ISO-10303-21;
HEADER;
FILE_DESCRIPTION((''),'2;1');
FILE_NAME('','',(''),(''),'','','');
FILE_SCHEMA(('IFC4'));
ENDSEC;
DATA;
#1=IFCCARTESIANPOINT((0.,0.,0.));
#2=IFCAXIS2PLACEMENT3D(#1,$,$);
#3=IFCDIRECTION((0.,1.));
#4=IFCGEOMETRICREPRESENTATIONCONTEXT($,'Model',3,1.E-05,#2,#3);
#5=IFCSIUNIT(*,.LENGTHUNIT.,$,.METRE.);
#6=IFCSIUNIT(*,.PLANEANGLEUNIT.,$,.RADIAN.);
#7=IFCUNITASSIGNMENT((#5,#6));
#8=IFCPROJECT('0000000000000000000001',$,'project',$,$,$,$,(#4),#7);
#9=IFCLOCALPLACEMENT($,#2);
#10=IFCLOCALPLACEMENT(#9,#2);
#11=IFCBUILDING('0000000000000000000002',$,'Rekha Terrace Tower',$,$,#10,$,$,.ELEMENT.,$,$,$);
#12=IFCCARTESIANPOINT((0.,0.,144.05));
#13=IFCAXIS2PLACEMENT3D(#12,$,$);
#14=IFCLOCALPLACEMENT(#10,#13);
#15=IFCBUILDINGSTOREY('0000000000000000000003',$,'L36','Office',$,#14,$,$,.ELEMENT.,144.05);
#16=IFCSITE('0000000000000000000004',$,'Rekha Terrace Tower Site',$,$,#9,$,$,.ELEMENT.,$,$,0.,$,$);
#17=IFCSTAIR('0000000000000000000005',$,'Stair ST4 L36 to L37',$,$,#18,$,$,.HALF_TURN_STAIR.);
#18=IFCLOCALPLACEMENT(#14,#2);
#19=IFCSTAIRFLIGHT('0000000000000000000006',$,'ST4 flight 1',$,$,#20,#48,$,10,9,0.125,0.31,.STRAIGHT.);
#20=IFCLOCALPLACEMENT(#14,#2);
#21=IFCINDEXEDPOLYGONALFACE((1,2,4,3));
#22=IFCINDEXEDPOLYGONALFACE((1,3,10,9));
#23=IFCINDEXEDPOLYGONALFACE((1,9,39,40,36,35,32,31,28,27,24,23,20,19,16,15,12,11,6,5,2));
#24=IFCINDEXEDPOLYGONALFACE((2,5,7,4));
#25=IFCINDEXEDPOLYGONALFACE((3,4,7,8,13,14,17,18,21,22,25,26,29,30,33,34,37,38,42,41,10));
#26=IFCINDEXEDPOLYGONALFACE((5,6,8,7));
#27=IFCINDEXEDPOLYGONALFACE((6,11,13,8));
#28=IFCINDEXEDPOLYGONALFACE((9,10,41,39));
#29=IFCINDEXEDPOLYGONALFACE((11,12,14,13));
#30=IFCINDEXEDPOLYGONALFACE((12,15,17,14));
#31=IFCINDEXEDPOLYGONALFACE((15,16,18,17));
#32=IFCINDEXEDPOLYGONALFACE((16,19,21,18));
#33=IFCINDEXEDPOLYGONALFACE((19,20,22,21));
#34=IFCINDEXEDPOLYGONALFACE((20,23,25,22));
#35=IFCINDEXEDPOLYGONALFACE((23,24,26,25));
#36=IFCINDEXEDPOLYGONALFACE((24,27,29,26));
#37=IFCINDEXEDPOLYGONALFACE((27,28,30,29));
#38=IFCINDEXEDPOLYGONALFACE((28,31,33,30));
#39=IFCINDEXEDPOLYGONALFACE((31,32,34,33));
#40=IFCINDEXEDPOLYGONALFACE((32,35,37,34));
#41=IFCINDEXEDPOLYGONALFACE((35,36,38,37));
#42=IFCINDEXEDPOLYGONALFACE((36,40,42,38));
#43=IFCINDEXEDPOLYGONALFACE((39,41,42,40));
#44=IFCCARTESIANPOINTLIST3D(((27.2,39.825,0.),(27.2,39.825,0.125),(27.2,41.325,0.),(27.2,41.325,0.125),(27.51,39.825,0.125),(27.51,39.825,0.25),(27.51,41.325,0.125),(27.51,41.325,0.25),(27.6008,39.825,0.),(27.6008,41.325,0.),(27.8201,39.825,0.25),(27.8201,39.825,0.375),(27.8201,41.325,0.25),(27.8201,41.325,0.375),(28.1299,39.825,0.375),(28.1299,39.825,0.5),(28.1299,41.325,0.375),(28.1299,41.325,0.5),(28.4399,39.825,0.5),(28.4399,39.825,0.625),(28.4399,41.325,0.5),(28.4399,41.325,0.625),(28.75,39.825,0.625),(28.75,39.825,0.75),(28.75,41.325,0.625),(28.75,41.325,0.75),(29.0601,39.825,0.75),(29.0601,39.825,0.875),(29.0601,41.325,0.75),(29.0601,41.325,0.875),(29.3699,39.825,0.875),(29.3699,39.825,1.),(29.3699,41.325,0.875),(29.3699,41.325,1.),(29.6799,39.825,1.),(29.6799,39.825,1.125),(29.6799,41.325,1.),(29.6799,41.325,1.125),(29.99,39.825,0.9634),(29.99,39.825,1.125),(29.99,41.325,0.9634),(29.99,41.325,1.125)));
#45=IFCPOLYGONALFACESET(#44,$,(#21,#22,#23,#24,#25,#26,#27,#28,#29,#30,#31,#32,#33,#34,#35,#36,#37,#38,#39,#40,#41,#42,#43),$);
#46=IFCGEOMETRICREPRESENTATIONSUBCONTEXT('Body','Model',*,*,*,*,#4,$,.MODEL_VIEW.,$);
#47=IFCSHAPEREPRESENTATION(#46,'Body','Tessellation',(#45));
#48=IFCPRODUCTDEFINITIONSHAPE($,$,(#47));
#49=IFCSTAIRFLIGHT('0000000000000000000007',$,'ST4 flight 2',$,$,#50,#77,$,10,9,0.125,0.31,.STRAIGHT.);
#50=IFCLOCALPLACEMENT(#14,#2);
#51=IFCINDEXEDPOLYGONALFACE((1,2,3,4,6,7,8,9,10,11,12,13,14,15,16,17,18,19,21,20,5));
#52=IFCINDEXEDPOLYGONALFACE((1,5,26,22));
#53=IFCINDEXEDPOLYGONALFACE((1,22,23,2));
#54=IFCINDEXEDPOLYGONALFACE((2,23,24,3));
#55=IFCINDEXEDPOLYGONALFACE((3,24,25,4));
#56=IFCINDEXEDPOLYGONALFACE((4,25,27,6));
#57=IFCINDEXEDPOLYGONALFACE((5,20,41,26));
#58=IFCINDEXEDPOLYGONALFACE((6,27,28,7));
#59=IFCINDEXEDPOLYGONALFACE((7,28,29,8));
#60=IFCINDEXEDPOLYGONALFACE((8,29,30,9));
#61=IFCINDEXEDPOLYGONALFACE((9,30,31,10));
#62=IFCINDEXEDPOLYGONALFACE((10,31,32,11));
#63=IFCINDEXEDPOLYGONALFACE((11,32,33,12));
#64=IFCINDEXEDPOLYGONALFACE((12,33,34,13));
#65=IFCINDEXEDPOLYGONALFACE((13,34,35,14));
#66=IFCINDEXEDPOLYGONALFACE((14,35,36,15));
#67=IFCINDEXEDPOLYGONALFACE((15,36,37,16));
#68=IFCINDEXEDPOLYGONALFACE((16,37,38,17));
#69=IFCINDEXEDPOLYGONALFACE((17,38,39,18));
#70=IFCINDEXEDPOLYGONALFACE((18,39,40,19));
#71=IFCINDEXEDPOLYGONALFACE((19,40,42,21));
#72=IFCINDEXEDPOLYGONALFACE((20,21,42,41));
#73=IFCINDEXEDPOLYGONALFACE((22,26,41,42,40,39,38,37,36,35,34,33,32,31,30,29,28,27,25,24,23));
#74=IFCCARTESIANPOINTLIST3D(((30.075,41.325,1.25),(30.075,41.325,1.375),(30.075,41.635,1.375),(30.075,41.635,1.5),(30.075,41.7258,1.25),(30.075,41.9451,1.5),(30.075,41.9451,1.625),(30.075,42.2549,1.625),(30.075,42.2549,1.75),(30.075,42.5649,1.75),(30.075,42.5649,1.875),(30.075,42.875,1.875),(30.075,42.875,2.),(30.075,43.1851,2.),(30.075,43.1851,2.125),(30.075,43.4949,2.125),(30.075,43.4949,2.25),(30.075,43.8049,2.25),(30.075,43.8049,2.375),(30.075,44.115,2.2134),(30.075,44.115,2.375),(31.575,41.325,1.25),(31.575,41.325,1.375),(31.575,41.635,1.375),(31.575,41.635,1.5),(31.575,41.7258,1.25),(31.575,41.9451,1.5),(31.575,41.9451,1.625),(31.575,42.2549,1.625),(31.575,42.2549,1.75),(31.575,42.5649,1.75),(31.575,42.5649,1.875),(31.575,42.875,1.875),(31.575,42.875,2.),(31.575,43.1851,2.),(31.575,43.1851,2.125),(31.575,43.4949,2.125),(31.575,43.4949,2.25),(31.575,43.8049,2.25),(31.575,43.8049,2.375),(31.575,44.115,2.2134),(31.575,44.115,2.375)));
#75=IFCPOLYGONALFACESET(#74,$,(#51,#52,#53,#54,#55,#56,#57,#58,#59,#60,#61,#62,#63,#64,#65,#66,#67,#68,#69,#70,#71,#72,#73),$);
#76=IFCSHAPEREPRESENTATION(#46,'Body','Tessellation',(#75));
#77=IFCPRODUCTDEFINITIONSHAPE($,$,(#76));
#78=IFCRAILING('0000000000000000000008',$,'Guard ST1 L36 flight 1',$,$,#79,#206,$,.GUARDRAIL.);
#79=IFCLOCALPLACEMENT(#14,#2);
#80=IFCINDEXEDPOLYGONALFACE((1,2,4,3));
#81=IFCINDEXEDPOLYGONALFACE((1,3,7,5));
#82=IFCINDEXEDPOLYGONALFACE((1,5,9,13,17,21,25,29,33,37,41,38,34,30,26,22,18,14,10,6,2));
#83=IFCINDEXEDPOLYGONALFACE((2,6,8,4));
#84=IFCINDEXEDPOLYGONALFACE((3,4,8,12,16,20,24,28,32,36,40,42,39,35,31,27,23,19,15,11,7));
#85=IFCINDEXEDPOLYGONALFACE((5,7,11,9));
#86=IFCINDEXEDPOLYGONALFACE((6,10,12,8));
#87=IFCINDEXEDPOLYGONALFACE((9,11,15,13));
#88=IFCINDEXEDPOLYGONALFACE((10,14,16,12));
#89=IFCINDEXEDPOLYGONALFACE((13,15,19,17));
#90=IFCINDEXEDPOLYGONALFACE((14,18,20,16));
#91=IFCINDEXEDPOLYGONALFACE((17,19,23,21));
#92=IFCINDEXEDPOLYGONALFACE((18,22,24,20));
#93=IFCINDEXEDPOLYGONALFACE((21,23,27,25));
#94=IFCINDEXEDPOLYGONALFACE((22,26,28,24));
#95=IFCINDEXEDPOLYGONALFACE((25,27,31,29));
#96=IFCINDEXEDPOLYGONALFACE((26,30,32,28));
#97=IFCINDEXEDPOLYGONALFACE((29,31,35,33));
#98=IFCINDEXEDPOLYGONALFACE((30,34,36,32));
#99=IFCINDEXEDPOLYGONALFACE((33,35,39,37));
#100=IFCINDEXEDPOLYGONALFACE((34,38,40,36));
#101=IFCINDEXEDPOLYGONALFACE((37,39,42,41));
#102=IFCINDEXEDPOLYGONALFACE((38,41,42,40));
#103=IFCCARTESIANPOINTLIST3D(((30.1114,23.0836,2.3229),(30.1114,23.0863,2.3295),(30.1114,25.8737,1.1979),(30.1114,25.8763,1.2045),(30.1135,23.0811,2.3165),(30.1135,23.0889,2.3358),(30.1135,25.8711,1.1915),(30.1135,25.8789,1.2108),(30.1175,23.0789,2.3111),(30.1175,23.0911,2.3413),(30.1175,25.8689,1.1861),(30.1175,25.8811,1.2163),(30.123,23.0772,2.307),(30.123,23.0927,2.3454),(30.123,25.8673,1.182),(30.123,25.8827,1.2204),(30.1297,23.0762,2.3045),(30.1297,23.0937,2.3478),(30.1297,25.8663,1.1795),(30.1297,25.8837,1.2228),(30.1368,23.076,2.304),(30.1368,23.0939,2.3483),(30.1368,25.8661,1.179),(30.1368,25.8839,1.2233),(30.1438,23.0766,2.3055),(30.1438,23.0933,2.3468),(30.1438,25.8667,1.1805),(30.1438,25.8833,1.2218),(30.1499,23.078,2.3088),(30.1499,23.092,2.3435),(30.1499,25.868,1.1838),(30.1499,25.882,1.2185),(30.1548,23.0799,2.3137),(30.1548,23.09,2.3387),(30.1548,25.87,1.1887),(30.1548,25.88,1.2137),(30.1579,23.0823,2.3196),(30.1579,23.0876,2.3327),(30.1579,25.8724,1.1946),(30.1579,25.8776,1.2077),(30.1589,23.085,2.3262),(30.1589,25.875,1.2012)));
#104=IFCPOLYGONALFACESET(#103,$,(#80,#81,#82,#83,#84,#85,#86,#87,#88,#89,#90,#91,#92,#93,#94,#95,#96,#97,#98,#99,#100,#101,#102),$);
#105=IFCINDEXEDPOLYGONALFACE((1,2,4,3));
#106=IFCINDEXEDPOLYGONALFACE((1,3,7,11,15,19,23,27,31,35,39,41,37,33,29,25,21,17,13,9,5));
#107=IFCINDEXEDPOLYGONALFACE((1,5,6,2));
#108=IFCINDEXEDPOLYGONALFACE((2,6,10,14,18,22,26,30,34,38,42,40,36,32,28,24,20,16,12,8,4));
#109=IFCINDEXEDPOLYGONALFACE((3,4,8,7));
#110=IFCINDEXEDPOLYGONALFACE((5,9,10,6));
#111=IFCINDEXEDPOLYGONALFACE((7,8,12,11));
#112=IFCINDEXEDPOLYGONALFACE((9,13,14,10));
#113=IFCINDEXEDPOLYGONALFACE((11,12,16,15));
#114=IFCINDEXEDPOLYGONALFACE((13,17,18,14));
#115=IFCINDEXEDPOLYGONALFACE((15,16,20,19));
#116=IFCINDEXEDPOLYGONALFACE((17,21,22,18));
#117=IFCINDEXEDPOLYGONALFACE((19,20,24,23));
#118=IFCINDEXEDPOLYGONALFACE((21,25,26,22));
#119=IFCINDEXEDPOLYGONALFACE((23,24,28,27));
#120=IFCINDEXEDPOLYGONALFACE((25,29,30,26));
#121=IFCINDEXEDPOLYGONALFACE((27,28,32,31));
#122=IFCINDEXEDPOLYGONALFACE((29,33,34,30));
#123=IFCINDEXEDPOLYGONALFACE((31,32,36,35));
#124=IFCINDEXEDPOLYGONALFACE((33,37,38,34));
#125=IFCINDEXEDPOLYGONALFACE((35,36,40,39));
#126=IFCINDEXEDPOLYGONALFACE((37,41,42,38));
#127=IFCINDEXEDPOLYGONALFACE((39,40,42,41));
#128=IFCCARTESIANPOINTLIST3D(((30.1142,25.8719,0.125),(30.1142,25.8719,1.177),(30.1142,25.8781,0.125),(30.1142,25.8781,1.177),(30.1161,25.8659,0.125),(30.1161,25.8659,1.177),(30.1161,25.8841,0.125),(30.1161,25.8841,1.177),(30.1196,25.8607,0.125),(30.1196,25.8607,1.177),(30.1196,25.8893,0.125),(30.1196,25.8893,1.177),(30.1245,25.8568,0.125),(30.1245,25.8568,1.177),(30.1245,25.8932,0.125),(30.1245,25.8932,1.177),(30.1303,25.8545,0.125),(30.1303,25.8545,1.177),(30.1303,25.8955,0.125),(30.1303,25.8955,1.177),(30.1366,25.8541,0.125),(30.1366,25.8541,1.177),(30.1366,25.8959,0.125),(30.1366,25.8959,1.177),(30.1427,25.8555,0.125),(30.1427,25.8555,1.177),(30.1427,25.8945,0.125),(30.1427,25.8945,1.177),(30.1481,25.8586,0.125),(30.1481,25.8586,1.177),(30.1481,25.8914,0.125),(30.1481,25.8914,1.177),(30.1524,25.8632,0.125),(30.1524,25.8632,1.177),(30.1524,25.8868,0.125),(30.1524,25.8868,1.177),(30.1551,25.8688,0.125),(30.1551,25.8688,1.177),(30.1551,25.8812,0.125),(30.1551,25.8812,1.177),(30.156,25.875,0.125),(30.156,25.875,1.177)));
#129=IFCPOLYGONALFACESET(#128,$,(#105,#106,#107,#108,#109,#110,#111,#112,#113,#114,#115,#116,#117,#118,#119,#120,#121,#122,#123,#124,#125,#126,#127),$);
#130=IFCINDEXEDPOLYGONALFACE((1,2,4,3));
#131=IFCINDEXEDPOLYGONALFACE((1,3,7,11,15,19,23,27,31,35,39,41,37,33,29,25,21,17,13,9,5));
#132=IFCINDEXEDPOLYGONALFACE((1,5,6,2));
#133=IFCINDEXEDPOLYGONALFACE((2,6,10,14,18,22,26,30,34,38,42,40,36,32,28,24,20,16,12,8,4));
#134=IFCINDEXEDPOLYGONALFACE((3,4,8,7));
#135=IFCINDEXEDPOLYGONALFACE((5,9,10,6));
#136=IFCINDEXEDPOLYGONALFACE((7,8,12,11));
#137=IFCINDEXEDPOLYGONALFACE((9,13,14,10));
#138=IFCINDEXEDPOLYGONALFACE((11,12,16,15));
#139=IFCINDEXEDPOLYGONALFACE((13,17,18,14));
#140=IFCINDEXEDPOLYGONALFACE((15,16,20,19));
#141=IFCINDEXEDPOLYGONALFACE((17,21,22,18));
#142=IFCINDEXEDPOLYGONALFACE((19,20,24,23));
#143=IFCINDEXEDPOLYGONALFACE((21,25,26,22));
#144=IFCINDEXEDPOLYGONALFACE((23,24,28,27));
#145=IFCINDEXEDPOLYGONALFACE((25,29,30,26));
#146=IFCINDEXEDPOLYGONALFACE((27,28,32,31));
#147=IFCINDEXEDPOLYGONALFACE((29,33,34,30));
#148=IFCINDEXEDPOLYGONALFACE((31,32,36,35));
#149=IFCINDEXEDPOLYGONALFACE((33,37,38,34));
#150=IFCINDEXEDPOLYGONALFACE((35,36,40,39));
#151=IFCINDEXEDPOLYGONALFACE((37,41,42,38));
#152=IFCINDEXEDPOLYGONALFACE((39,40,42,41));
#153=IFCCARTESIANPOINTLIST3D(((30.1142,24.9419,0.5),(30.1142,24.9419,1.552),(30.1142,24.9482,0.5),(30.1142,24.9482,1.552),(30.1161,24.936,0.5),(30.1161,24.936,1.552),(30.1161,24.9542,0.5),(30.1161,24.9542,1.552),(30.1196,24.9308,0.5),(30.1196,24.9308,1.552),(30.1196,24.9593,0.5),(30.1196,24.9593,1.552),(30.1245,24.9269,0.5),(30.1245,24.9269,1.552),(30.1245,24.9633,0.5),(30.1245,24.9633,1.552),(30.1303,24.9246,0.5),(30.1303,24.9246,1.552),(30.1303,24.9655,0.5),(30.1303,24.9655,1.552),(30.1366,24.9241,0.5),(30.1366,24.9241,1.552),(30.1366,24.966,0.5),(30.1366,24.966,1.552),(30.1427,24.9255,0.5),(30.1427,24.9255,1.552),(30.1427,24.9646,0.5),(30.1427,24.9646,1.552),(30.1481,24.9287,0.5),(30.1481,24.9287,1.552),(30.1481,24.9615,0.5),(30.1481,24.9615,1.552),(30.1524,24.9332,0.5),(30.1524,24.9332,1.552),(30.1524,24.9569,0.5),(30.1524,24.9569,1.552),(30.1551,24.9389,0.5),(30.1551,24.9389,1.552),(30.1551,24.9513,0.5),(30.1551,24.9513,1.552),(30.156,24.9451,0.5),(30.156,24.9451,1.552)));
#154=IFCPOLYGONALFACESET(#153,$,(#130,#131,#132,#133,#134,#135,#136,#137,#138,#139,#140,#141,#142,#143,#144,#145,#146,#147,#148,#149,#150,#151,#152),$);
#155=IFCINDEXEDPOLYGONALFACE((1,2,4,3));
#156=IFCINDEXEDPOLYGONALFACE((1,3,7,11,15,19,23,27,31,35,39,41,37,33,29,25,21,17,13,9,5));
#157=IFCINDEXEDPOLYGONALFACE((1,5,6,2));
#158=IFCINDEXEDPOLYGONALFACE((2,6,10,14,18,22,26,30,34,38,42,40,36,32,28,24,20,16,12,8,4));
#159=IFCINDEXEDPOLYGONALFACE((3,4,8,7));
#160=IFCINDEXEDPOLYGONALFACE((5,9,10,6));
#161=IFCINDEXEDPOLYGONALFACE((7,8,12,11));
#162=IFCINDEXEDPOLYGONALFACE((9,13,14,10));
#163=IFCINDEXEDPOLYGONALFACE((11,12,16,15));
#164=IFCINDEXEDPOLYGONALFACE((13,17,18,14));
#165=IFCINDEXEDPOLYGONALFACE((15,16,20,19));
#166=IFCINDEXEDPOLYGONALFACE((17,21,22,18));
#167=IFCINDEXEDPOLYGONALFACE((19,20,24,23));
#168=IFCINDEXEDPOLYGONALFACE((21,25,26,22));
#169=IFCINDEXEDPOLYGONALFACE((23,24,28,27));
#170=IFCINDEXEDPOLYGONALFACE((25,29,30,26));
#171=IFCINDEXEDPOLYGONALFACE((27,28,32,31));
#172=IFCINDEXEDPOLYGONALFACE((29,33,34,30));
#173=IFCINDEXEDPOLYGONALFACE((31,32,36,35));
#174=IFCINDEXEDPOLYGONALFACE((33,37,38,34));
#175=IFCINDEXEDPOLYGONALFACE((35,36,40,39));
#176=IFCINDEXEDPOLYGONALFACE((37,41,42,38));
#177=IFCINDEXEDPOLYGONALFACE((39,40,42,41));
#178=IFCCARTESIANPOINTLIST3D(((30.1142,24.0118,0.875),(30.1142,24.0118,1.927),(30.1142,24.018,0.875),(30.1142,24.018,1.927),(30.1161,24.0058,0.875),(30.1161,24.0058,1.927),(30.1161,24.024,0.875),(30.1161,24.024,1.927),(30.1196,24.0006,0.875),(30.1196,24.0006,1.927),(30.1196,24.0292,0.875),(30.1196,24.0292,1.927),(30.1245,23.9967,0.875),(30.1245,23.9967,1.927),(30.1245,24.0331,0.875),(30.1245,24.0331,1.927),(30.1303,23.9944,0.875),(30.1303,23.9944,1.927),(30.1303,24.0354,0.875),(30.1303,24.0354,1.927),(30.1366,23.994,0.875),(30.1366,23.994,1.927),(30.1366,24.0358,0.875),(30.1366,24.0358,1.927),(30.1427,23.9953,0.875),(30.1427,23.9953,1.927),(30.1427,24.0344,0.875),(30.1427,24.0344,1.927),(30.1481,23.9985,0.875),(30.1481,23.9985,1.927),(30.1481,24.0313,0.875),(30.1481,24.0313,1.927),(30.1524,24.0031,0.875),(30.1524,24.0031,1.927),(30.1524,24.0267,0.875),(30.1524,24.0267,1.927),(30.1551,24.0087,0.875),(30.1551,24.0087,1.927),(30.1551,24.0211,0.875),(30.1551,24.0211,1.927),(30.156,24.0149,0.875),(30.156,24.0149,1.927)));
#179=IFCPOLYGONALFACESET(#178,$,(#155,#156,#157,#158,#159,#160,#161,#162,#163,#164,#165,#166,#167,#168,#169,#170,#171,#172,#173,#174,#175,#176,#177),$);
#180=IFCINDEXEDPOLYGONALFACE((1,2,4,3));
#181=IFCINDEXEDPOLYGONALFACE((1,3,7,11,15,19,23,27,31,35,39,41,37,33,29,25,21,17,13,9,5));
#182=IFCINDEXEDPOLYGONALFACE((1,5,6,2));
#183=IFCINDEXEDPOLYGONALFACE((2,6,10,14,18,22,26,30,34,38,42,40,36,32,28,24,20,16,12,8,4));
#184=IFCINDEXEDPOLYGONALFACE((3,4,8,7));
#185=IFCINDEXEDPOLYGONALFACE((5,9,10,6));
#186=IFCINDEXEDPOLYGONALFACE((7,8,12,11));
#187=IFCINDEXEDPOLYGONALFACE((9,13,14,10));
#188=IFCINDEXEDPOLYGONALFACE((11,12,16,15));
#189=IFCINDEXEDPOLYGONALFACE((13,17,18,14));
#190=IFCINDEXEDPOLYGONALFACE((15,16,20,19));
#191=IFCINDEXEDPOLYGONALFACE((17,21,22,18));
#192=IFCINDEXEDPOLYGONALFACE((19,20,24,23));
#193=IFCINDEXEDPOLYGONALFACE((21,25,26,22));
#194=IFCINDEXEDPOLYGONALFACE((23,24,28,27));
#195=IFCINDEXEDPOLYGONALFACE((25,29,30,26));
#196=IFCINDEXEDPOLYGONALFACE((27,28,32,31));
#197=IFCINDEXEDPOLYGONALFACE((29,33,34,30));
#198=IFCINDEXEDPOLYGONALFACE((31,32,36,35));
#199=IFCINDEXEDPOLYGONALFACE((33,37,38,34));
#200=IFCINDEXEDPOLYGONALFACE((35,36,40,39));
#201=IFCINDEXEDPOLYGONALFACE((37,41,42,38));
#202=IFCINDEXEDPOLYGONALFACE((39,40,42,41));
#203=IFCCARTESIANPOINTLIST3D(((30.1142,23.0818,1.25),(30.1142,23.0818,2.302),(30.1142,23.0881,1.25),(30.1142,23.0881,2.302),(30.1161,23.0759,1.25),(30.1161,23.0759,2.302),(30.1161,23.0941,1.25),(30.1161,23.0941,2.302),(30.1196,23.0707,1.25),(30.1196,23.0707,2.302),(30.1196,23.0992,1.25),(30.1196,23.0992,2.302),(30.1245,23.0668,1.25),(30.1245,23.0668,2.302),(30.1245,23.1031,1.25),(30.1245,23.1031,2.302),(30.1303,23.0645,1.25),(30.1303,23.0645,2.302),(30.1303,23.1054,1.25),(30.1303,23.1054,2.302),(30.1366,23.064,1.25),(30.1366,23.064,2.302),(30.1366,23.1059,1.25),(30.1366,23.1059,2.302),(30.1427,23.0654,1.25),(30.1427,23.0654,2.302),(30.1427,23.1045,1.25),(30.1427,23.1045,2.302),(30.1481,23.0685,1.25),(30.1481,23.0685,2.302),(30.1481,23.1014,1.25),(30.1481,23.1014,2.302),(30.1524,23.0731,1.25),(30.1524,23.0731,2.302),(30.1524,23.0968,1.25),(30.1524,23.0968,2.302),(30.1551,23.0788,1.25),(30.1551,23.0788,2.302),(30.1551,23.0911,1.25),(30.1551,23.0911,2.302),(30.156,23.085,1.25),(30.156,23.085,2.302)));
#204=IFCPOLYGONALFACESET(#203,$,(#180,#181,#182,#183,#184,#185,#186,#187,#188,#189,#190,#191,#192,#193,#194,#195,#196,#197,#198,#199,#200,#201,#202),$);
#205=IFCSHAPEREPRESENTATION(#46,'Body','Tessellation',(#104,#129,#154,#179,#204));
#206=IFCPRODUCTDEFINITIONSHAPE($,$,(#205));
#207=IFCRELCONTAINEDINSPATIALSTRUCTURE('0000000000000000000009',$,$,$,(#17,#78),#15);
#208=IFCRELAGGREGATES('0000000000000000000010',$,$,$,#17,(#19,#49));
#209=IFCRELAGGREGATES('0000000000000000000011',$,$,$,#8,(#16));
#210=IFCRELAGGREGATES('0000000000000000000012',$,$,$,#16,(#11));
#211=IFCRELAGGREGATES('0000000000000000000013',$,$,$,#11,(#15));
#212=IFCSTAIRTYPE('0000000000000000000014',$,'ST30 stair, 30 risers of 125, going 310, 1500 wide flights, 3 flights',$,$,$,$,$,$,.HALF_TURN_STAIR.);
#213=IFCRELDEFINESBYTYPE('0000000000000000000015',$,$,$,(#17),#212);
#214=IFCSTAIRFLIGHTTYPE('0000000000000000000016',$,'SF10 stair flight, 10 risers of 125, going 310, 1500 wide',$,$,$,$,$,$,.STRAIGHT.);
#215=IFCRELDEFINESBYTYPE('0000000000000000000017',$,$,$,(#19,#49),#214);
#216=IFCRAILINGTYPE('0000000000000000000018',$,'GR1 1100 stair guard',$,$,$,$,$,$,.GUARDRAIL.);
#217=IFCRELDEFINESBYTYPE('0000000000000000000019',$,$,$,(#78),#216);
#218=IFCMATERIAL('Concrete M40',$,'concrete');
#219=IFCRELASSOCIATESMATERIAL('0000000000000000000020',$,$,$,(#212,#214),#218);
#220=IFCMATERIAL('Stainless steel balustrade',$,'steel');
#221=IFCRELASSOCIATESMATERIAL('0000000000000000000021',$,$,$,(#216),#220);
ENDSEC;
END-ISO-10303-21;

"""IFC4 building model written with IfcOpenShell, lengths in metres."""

from ifc_helpers import new_model, si_unit, direction, frame, origin, origin_2d, place, context, subcontext, project, spatial, polyline, circle, outline, extrude, material, type_object, element, aggregate, save


model = new_model("IFC4")

# Units and contexts
model_context = context("Model", 3, precision=1e-05, world=origin(), true_north=direction((0.0, 1.0)))
body_context = subcontext(model_context, "Body", "Model", "MODEL_VIEW")
ifc_project = project(units=[si_unit("LENGTHUNIT", "METRE"), si_unit("PLANEANGLEUNIT", "RADIAN")], contexts=[model_context])

# Site, building, storey
site_placement = place(None, origin())
site = spatial("IfcSite", under=ifc_project, at=site_placement, Name="Rekha Terrace Tower Site", CompositionType="ELEMENT", RefElevation=0.0)
building_placement = place(site_placement, origin())
building = spatial("IfcBuilding", under=site, at=building_placement, Name="Rekha Terrace Tower", CompositionType="ELEMENT")
storey_placement = place(building_placement, frame((0.0, 0.0, 144.05)))
storey = spatial("IfcBuildingStorey", under=building, at=storey_placement, Name="L36", Description="Office", CompositionType="ELEMENT", Elevation=144.05)

# Stair, stair flights
ifc_material_1 = material(Name="Concrete M40", Category="concrete")
stair_type = type_object("IfcStairType", Name="ST30 stair, 30 risers of 125, going 310, 1500 wide flights, 3 flights", PredefinedType="HALF_TURN_STAIR", material=ifc_material_1)
stair_flight_type = type_object("IfcStairFlightType", Name="SF10 stair flight, 10 risers of 125, going 310, 1500 wide", PredefinedType="STRAIGHT", material=ifc_material_1)
stair_1_placement = place(storey_placement, origin())
stair_1 = element("IfcStair", 1, at=stair_1_placement, inside=storey, type_object=stair_type, Name="Stair ST4 L36 to L37", PredefinedType="HALF_TURN_STAIR")
stair_flight_1_placement = place(storey_placement, frame((27.2, 40.575, 0.0), z_axis=(0.0, 0.0, 1.0), x_axis=(1.0, 0.0, 0.0)))
stair_flight_1 = element("IfcStairFlight", 2, at=stair_flight_1_placement, type_object=stair_flight_type, Name="ST4 flight 1", NumberOfRisers=10, NumberOfTreads=9, PredefinedType="STRAIGHT", RiserHeight=0.125, TreadLength=0.31, context=body_context, shape_type="SweptSolid", body=[
    extrude(outline(polyline([(0.0, 0.0), (0.0, 0.125), (0.3101, 0.125), (0.3101, 0.25), (0.6201, 0.25), (0.6201, 0.375), (0.9299, 0.375), (0.9299, 0.5), (1.24, 0.5), (1.24, 0.625), (1.55, 0.625), (1.55, 0.75), (1.8601, 0.75), (1.8601, 0.875), (2.1699, 0.875), (2.1699, 1.0), (2.48, 1.0), (2.48, 1.125), (2.79, 1.125), (2.79, 1.25), (2.79, 0.9634), (0.4009, 0.0), (0.0, 0.0)])), frame((0.0, 0.75, 0.0), z_axis=(0.0, -1.0, 0.0), x_axis=(1.0, 0.0, 0.0)), (0.0, 0.0, 1.0), 1.5),
])
stair_flight_2_placement = place(storey_placement, frame((30.825, 41.325, 1.25), z_axis=(0.0, 0.0, 1.0), x_axis=(0.0, 1.0, 0.0)))
stair_flight_2 = element("IfcStairFlight", 3, at=stair_flight_2_placement, type_object=stair_flight_type, Name="ST4 flight 2", NumberOfRisers=10, NumberOfTreads=9, PredefinedType="STRAIGHT", RiserHeight=0.125, TreadLength=0.31, context=body_context, shape_type="SweptSolid", body=[
    extrude(outline(polyline([(0.0, 0.0), (0.0, 0.125), (0.3101, 0.125), (0.3101, 0.25), (0.6201, 0.25), (0.6201, 0.375), (0.9299, 0.375), (0.9299, 0.5), (1.24, 0.5), (1.24, 0.625), (1.55, 0.625), (1.55, 0.75), (1.8601, 0.75), (1.8601, 0.875), (2.1699, 0.875), (2.1699, 1.0), (2.48, 1.0), (2.48, 1.125), (2.79, 1.125), (2.79, 1.25), (2.79, 0.9634), (0.4009, 0.0), (0.0, 0.0)])), frame((0.0, 0.75, 0.0), z_axis=(0.0, -1.0, 0.0), x_axis=(1.0, 0.0, 0.0)), (0.0, 0.0, 1.0), 1.5),
])
aggregate(stair_1, [stair_flight_1, stair_flight_2])

# Railing
ifc_material_2 = material(Name="Stainless steel balustrade", Category="steel")
railing_type_1 = type_object("IfcRailingType", Name="GR1 1100 stair guard", PredefinedType="GUARDRAIL", material=ifc_material_2)
railing_1_placement = place(storey_placement, frame((30.135, 25.875, 0.125)))
element("IfcRailing", 4, at=railing_1_placement, inside=storey, type_object=railing_type_1, Name="Guard ST1 L36 flight 1", PredefinedType="GUARDRAIL", context=body_context, shape_type="SweptSolid", body=[
    extrude(circle(Radius=0.0239, at=origin_2d()), frame((0.0, 0.0, 1.0762), z_axis=(0.0, -0.927443, 0.373964), x_axis=(1.0, 0.0, 0.0)), (0.0, 0.0, 1.0), 3.0083),
    extrude(circle(Radius=0.021, at=origin_2d()), origin(), (0.0, 0.0, 1.0), 1.052),
    extrude(circle(Radius=0.021, at=origin_2d()), frame((0.0, -0.9299, 0.375)), (0.0, 0.0, 1.0), 1.052),
    extrude(circle(Radius=0.021, at=origin_2d()), frame((0.0, -1.8601, 0.75)), (0.0, 0.0, 1.0), 1.052),
    extrude(circle(Radius=0.021, at=origin_2d()), frame((0.0, -2.79, 1.125)), (0.0, 0.0, 1.0), 1.052),
])

save(model, "model.ifc")
